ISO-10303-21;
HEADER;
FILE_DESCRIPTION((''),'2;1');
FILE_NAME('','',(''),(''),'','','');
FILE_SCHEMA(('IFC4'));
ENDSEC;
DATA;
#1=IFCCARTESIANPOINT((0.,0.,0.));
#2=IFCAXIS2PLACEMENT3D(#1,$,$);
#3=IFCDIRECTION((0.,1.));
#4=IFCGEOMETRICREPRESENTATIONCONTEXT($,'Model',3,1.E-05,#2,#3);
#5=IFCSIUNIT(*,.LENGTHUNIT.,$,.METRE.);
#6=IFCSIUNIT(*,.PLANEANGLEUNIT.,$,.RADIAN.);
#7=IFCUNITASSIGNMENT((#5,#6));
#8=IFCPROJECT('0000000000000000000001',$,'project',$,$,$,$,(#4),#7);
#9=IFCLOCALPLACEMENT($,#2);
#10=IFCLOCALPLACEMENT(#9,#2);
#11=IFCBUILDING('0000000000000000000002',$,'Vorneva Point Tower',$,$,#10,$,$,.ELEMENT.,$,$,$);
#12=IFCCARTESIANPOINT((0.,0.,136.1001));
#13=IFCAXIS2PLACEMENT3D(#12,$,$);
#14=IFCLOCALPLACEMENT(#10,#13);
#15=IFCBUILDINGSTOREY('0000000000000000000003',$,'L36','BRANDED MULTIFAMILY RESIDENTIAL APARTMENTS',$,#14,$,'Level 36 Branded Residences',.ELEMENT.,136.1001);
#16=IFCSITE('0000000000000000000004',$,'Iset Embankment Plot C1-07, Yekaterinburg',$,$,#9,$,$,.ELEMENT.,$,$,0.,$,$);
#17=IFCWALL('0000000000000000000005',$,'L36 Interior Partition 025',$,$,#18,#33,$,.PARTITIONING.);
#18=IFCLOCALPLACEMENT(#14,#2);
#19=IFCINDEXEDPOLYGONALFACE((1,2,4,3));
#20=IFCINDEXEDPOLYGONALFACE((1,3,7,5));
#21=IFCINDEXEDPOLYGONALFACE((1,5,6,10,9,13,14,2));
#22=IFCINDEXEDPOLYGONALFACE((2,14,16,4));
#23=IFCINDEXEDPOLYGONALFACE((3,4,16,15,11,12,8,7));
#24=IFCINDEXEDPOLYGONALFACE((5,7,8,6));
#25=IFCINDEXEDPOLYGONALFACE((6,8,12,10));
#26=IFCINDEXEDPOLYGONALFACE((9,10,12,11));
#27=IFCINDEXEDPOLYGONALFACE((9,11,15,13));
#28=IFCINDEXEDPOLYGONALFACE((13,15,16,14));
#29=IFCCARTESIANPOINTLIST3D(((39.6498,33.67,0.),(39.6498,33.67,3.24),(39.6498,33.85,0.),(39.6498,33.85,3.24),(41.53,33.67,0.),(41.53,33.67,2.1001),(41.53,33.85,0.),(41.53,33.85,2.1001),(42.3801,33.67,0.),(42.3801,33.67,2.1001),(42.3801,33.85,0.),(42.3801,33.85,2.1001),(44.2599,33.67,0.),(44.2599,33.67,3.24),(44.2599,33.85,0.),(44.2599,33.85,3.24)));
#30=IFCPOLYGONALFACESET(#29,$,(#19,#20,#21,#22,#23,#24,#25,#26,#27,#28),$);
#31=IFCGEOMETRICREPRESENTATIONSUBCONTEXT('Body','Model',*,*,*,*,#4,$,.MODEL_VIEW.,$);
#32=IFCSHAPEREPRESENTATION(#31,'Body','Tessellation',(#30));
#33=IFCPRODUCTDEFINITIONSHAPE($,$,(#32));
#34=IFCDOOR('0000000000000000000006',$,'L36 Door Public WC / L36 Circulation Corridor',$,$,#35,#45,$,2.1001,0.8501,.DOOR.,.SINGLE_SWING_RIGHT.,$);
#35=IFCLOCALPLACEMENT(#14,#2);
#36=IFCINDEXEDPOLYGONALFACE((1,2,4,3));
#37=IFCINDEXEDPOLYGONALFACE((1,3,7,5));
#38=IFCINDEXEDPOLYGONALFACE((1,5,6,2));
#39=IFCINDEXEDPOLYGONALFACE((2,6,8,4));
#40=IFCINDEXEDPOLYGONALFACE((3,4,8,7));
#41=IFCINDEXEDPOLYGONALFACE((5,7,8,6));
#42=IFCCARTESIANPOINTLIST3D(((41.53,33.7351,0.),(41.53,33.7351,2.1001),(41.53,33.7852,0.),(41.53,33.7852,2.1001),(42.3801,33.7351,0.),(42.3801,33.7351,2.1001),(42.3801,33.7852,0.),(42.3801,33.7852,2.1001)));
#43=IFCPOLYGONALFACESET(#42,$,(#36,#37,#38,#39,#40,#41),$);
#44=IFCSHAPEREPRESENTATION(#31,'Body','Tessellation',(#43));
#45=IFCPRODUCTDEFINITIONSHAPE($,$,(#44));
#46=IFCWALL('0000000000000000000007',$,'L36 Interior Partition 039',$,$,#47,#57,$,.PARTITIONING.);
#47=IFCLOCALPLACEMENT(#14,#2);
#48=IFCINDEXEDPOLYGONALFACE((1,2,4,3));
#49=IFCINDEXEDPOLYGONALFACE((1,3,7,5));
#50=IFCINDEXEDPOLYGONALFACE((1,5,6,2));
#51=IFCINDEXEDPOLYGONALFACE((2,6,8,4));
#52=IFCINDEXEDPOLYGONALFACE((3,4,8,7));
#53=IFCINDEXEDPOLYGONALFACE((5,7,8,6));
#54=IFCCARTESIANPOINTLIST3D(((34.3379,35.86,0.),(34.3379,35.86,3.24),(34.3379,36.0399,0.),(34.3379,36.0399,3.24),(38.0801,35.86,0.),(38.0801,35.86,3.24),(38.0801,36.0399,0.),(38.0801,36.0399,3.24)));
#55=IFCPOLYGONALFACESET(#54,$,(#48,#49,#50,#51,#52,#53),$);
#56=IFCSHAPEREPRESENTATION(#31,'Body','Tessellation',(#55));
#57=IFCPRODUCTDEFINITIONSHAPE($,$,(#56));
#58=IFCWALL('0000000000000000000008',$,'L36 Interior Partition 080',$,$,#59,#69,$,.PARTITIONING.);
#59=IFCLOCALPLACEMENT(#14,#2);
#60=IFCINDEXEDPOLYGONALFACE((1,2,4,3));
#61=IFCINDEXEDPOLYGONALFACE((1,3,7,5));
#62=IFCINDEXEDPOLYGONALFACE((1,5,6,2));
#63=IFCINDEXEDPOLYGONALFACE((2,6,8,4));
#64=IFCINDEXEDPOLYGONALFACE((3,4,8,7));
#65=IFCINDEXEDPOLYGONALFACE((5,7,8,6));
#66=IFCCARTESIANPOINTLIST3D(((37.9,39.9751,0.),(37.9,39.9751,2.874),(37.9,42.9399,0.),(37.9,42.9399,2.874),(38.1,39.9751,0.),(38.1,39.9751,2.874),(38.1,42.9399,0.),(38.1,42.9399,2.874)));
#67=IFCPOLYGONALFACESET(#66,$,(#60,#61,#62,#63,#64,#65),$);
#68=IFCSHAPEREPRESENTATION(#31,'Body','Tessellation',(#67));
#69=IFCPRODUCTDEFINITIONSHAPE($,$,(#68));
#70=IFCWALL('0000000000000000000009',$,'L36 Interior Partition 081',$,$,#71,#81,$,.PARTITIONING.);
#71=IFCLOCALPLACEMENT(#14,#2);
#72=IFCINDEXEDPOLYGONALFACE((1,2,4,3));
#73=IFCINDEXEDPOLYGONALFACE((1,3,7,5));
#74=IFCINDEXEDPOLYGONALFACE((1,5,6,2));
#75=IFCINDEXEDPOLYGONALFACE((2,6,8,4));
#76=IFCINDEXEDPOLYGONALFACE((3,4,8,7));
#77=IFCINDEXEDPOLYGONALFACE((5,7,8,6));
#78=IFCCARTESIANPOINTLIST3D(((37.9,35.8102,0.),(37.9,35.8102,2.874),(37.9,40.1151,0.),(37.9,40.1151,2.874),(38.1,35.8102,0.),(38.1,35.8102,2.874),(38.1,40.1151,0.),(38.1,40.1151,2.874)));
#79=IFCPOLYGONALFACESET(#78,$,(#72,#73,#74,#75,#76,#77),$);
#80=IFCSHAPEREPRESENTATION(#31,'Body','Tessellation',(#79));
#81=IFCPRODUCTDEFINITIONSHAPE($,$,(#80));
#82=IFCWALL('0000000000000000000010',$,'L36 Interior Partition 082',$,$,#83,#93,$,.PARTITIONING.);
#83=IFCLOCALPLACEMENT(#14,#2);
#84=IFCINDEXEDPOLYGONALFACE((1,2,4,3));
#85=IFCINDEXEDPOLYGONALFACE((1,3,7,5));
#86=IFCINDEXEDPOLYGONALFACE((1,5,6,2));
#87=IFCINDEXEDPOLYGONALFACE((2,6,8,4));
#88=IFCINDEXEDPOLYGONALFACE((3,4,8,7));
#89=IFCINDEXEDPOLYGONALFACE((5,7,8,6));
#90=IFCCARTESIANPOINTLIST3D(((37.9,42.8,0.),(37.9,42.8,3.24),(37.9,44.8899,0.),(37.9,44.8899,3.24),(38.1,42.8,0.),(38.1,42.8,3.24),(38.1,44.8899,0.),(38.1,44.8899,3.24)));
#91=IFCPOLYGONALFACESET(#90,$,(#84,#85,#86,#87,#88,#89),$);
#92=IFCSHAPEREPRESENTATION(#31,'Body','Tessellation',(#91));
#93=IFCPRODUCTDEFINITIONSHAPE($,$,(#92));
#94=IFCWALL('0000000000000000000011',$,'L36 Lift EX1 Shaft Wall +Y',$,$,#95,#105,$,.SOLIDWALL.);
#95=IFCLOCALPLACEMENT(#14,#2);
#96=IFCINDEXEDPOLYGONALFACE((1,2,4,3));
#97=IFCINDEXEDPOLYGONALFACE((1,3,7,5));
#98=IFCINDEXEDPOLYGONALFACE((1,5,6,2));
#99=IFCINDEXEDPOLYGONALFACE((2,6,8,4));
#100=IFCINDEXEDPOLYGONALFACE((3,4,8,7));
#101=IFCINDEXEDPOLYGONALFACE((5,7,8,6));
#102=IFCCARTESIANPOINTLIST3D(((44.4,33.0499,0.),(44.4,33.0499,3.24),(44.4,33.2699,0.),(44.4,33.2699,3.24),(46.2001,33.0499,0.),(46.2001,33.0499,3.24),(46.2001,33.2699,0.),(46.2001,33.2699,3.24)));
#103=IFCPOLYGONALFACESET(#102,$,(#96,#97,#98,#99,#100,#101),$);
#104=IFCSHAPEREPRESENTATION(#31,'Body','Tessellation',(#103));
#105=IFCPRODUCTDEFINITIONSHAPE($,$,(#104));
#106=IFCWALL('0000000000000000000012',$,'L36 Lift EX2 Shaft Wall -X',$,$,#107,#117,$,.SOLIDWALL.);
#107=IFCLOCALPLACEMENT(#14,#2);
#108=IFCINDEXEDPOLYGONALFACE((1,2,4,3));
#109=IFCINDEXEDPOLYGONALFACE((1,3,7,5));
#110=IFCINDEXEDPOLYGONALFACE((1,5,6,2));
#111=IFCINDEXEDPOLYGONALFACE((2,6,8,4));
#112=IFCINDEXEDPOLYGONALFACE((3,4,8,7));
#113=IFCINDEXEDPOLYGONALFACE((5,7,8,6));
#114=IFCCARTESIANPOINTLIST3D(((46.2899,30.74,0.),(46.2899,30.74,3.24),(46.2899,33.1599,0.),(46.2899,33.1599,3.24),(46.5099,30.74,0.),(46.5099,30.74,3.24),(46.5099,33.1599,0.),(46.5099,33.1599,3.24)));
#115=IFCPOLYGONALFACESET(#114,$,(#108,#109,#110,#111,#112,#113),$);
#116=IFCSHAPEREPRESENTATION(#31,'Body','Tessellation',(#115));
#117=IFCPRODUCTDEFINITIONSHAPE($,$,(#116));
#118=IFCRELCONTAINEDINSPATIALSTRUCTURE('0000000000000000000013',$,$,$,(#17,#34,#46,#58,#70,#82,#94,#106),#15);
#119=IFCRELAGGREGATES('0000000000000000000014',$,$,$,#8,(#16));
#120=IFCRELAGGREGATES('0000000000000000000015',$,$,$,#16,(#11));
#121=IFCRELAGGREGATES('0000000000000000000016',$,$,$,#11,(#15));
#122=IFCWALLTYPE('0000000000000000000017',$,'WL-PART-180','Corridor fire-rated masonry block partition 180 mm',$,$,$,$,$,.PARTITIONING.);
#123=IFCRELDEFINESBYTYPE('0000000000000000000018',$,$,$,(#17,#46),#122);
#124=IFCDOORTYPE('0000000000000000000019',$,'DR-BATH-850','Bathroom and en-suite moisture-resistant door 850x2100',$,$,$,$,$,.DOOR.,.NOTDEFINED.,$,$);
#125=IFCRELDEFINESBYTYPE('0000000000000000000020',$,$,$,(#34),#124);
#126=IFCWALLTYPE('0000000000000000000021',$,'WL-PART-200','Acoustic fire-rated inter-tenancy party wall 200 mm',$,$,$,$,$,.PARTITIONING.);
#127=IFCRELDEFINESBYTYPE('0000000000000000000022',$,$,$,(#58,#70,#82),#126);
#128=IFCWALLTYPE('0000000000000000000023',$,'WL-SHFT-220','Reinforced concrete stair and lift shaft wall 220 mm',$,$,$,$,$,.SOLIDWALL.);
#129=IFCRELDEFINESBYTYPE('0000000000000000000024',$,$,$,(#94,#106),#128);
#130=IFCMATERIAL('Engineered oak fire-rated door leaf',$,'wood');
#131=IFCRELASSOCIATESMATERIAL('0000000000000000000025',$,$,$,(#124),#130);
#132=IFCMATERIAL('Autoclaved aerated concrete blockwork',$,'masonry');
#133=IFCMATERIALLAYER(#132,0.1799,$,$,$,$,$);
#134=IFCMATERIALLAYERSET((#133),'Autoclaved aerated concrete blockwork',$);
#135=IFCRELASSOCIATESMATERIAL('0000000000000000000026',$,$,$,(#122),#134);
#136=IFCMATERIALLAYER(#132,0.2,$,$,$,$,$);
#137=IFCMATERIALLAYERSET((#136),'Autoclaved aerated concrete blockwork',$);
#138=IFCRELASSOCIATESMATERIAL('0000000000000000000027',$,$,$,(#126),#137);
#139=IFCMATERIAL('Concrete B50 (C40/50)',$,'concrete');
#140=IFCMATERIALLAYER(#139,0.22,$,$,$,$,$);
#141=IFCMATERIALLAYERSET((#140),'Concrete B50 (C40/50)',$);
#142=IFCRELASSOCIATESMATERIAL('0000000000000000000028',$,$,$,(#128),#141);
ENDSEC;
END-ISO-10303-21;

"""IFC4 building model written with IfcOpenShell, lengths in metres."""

from ifc_helpers import new_model, si_unit, direction, frame, frame_2d, origin, place, context, subcontext, project, spatial, rectangle, extrude, material, layer, layer_set, type_object, element, fill, save


model = new_model("IFC4")

# Units and contexts
model_context = context("Model", 3, precision=1e-05, world=origin(), true_north=direction((0.0, 1.0)))
body_context = subcontext(model_context, "Body", "Model", "MODEL_VIEW")
ifc_project = project(units=[si_unit("LENGTHUNIT", "METRE"), si_unit("PLANEANGLEUNIT", "RADIAN")], contexts=[model_context])

# Site, building, storey
site_placement = place(None, origin())
site = spatial("IfcSite", under=ifc_project, at=site_placement, Name="Iset Embankment Plot C1-07, Yekaterinburg", CompositionType="ELEMENT", RefElevation=0.0)
building_placement = place(site_placement, origin())
building = spatial("IfcBuilding", under=site, at=building_placement, Name="Vorneva Point Tower", CompositionType="ELEMENT")
storey_placement = place(building_placement, frame((0.0, 0.0, 136.1001)))
storey = spatial("IfcBuildingStorey", under=building, at=storey_placement, Name="L36", Description="BRANDED MULTIFAMILY RESIDENTIAL APARTMENTS", LongName="Level 36 Branded Residences", CompositionType="ELEMENT", Elevation=136.1001)

# Shared definitions
ifc_material_1 = material(Name="Engineered oak fire-rated door leaf", Category="wood")
door_type_1 = type_object("IfcDoorType", Name="DR-BATH-850", Description="Bathroom and en-suite moisture-resistant door 850x2100", OperationType="NOTDEFINED", PredefinedType="DOOR", material=ifc_material_1)

# Wall, opening, door
ifc_material_2 = material(Name="Autoclaved aerated concrete blockwork", Category="masonry")
ifc_layer_1 = layer(ifc_material_2, 0.1799)
ifc_layer_set_1 = layer_set([ifc_layer_1], Name="Autoclaved aerated concrete blockwork")
wall_type_1 = type_object("IfcWallType", Name="WL-PART-180", Description="Corridor fire-rated masonry block partition 180 mm", PredefinedType="PARTITIONING", material=ifc_layer_set_1)
wall_1_placement = place(storey_placement, frame((44.26, 33.76, 0.0), z_axis=(0.0, 0.0, 1.0), x_axis=(-1.0, 0.0, 0.0)))
wall_1 = element("IfcWall", 1, at=wall_1_placement, inside=storey, type_object=wall_type_1, Name="L36 Interior Partition 025", PredefinedType="PARTITIONING", context=body_context, shape_type="SweptSolid", body=[
    extrude(rectangle(XDim=4.6101, YDim=0.1799, at=frame_2d((2.3052, 0.0))), origin(), (0.0, 0.0, 1.0), 3.24),
])
opening_1_placement = place(wall_1_placement, frame((1.8799, 0.0, 0.0)))
opening_1 = element("IfcOpeningElement", 2, at=opening_1_placement, cuts=wall_1, PredefinedType="OPENING", context=body_context, shape_type="SweptSolid", body=[
    extrude(rectangle(XDim=0.8501, YDim=2.1001, at=frame_2d((0.425, 1.05))), frame((0.0, 0.105, 0.0), z_axis=(0.0, -1.0, 0.0), x_axis=(1.0, 0.0, 0.0)), (0.0, 0.0, 1.0), 0.2097),
])
door_1_placement = place(opening_1_placement, origin())
door_1 = element("IfcDoor", 3, at=door_1_placement, inside=storey, type_object=door_type_1, Name="L36 Door Public WC / L36 Circulation Corridor", OperationType="SINGLE_SWING_RIGHT", OverallHeight=2.1001, OverallWidth=0.8501, PredefinedType="DOOR", context=body_context, shape_type="SweptSolid", body=[
    extrude(rectangle(XDim=0.8501, YDim=2.1001, at=frame_2d((0.425, 1.05))), frame((0.0, 0.0249, 0.0), z_axis=(0.0, -1.0, 0.0), x_axis=(1.0, 0.0, 0.0)), (0.0, 0.0, 1.0), 0.05),
])
fill(opening_1, door_1)

# Walls
wall_2_placement = place(storey_placement, frame((38.0801, 35.95, 0.0), z_axis=(0.0, 0.0, 1.0), x_axis=(-1.0, 0.0, 0.0)))
element("IfcWall", 4, at=wall_2_placement, inside=storey, type_object=wall_type_1, Name="L36 Interior Partition 039", PredefinedType="PARTITIONING", context=body_context, shape_type="SweptSolid", body=[
    extrude(rectangle(XDim=3.7422, YDim=0.1799, at=frame_2d((1.8711, 0.0))), origin(), (0.0, 0.0, 1.0), 3.24),
])
ifc_layer_2 = layer(ifc_material_2, 0.2)
ifc_layer_set_2 = layer_set([ifc_layer_2], Name="Autoclaved aerated concrete blockwork")
wall_type_2 = type_object("IfcWallType", Name="WL-PART-200", Description="Acoustic fire-rated inter-tenancy party wall 200 mm", PredefinedType="PARTITIONING", material=ifc_layer_set_2)
wall_3_placement = place(storey_placement, frame((38.0, 42.9399, 0.0), z_axis=(0.0, 0.0, 1.0), x_axis=(0.0, -1.0, 0.0)))
element("IfcWall", 5, at=wall_3_placement, inside=storey, type_object=wall_type_2, Name="L36 Interior Partition 080", PredefinedType="PARTITIONING", context=body_context, shape_type="SweptSolid", body=[
    extrude(rectangle(XDim=2.9648, YDim=0.2, at=frame_2d((1.4824, 0.0))), origin(), (0.0, 0.0, 1.0), 2.874),
])
wall_4_placement = place(storey_placement, frame((38.0, 40.115, 0.0), z_axis=(0.0, 0.0, 1.0), x_axis=(0.0, -1.0, 0.0)))
element("IfcWall", 6, at=wall_4_placement, inside=storey, type_object=wall_type_2, Name="L36 Interior Partition 081", PredefinedType="PARTITIONING", context=body_context, shape_type="SweptSolid", body=[
    extrude(rectangle(XDim=4.3049, YDim=0.2, at=frame_2d((2.1523, 0.0))), origin(), (0.0, 0.0, 1.0), 2.874),
])
wall_5_placement = place(storey_placement, frame((38.0, 44.8899, 0.0), z_axis=(0.0, 0.0, 1.0), x_axis=(0.0, -1.0, 0.0)))
element("IfcWall", 7, at=wall_5_placement, inside=storey, type_object=wall_type_2, Name="L36 Interior Partition 082", PredefinedType="PARTITIONING", context=body_context, shape_type="SweptSolid", body=[
    extrude(rectangle(XDim=2.0898, YDim=0.2, at=frame_2d((1.0449, 0.0))), origin(), (0.0, 0.0, 1.0), 3.24),
])
ifc_material_3 = material(Name="Concrete B50 (C40/50)", Category="concrete")
ifc_layer_3 = layer(ifc_material_3, 0.22)
ifc_layer_set_3 = layer_set([ifc_layer_3], Name="Concrete B50 (C40/50)")
wall_type_3 = type_object("IfcWallType", Name="WL-SHFT-220", Description="Reinforced concrete stair and lift shaft wall 220 mm", PredefinedType="SOLIDWALL", material=ifc_layer_set_3)
wall_6_placement = place(storey_placement, frame((46.2, 33.1599, 0.0), z_axis=(0.0, 0.0, 1.0), x_axis=(-1.0, 0.0, 0.0)))
element("IfcWall", 8, at=wall_6_placement, inside=storey, type_object=wall_type_3, Name="L36 Lift EX1 Shaft Wall +Y", PredefinedType="SOLIDWALL", context=body_context, shape_type="SweptSolid", body=[
    extrude(rectangle(XDim=1.8, YDim=0.22, at=frame_2d((0.8999, 0.0))), origin(), (0.0, 0.0, 1.0), 3.24),
])
wall_7_placement = place(storey_placement, frame((46.3999, 33.1599, 0.0), z_axis=(0.0, 0.0, 1.0), x_axis=(0.0, -1.0, 0.0)))
element("IfcWall", 9, at=wall_7_placement, inside=storey, type_object=wall_type_3, Name="L36 Lift EX2 Shaft Wall -X", PredefinedType="SOLIDWALL", context=body_context, shape_type="SweptSolid", body=[
    extrude(rectangle(XDim=2.4199, YDim=0.22, at=frame_2d((1.21, 0.0))), origin(), (0.0, 0.0, 1.0), 3.24),
])

save(model, "model.ifc")
